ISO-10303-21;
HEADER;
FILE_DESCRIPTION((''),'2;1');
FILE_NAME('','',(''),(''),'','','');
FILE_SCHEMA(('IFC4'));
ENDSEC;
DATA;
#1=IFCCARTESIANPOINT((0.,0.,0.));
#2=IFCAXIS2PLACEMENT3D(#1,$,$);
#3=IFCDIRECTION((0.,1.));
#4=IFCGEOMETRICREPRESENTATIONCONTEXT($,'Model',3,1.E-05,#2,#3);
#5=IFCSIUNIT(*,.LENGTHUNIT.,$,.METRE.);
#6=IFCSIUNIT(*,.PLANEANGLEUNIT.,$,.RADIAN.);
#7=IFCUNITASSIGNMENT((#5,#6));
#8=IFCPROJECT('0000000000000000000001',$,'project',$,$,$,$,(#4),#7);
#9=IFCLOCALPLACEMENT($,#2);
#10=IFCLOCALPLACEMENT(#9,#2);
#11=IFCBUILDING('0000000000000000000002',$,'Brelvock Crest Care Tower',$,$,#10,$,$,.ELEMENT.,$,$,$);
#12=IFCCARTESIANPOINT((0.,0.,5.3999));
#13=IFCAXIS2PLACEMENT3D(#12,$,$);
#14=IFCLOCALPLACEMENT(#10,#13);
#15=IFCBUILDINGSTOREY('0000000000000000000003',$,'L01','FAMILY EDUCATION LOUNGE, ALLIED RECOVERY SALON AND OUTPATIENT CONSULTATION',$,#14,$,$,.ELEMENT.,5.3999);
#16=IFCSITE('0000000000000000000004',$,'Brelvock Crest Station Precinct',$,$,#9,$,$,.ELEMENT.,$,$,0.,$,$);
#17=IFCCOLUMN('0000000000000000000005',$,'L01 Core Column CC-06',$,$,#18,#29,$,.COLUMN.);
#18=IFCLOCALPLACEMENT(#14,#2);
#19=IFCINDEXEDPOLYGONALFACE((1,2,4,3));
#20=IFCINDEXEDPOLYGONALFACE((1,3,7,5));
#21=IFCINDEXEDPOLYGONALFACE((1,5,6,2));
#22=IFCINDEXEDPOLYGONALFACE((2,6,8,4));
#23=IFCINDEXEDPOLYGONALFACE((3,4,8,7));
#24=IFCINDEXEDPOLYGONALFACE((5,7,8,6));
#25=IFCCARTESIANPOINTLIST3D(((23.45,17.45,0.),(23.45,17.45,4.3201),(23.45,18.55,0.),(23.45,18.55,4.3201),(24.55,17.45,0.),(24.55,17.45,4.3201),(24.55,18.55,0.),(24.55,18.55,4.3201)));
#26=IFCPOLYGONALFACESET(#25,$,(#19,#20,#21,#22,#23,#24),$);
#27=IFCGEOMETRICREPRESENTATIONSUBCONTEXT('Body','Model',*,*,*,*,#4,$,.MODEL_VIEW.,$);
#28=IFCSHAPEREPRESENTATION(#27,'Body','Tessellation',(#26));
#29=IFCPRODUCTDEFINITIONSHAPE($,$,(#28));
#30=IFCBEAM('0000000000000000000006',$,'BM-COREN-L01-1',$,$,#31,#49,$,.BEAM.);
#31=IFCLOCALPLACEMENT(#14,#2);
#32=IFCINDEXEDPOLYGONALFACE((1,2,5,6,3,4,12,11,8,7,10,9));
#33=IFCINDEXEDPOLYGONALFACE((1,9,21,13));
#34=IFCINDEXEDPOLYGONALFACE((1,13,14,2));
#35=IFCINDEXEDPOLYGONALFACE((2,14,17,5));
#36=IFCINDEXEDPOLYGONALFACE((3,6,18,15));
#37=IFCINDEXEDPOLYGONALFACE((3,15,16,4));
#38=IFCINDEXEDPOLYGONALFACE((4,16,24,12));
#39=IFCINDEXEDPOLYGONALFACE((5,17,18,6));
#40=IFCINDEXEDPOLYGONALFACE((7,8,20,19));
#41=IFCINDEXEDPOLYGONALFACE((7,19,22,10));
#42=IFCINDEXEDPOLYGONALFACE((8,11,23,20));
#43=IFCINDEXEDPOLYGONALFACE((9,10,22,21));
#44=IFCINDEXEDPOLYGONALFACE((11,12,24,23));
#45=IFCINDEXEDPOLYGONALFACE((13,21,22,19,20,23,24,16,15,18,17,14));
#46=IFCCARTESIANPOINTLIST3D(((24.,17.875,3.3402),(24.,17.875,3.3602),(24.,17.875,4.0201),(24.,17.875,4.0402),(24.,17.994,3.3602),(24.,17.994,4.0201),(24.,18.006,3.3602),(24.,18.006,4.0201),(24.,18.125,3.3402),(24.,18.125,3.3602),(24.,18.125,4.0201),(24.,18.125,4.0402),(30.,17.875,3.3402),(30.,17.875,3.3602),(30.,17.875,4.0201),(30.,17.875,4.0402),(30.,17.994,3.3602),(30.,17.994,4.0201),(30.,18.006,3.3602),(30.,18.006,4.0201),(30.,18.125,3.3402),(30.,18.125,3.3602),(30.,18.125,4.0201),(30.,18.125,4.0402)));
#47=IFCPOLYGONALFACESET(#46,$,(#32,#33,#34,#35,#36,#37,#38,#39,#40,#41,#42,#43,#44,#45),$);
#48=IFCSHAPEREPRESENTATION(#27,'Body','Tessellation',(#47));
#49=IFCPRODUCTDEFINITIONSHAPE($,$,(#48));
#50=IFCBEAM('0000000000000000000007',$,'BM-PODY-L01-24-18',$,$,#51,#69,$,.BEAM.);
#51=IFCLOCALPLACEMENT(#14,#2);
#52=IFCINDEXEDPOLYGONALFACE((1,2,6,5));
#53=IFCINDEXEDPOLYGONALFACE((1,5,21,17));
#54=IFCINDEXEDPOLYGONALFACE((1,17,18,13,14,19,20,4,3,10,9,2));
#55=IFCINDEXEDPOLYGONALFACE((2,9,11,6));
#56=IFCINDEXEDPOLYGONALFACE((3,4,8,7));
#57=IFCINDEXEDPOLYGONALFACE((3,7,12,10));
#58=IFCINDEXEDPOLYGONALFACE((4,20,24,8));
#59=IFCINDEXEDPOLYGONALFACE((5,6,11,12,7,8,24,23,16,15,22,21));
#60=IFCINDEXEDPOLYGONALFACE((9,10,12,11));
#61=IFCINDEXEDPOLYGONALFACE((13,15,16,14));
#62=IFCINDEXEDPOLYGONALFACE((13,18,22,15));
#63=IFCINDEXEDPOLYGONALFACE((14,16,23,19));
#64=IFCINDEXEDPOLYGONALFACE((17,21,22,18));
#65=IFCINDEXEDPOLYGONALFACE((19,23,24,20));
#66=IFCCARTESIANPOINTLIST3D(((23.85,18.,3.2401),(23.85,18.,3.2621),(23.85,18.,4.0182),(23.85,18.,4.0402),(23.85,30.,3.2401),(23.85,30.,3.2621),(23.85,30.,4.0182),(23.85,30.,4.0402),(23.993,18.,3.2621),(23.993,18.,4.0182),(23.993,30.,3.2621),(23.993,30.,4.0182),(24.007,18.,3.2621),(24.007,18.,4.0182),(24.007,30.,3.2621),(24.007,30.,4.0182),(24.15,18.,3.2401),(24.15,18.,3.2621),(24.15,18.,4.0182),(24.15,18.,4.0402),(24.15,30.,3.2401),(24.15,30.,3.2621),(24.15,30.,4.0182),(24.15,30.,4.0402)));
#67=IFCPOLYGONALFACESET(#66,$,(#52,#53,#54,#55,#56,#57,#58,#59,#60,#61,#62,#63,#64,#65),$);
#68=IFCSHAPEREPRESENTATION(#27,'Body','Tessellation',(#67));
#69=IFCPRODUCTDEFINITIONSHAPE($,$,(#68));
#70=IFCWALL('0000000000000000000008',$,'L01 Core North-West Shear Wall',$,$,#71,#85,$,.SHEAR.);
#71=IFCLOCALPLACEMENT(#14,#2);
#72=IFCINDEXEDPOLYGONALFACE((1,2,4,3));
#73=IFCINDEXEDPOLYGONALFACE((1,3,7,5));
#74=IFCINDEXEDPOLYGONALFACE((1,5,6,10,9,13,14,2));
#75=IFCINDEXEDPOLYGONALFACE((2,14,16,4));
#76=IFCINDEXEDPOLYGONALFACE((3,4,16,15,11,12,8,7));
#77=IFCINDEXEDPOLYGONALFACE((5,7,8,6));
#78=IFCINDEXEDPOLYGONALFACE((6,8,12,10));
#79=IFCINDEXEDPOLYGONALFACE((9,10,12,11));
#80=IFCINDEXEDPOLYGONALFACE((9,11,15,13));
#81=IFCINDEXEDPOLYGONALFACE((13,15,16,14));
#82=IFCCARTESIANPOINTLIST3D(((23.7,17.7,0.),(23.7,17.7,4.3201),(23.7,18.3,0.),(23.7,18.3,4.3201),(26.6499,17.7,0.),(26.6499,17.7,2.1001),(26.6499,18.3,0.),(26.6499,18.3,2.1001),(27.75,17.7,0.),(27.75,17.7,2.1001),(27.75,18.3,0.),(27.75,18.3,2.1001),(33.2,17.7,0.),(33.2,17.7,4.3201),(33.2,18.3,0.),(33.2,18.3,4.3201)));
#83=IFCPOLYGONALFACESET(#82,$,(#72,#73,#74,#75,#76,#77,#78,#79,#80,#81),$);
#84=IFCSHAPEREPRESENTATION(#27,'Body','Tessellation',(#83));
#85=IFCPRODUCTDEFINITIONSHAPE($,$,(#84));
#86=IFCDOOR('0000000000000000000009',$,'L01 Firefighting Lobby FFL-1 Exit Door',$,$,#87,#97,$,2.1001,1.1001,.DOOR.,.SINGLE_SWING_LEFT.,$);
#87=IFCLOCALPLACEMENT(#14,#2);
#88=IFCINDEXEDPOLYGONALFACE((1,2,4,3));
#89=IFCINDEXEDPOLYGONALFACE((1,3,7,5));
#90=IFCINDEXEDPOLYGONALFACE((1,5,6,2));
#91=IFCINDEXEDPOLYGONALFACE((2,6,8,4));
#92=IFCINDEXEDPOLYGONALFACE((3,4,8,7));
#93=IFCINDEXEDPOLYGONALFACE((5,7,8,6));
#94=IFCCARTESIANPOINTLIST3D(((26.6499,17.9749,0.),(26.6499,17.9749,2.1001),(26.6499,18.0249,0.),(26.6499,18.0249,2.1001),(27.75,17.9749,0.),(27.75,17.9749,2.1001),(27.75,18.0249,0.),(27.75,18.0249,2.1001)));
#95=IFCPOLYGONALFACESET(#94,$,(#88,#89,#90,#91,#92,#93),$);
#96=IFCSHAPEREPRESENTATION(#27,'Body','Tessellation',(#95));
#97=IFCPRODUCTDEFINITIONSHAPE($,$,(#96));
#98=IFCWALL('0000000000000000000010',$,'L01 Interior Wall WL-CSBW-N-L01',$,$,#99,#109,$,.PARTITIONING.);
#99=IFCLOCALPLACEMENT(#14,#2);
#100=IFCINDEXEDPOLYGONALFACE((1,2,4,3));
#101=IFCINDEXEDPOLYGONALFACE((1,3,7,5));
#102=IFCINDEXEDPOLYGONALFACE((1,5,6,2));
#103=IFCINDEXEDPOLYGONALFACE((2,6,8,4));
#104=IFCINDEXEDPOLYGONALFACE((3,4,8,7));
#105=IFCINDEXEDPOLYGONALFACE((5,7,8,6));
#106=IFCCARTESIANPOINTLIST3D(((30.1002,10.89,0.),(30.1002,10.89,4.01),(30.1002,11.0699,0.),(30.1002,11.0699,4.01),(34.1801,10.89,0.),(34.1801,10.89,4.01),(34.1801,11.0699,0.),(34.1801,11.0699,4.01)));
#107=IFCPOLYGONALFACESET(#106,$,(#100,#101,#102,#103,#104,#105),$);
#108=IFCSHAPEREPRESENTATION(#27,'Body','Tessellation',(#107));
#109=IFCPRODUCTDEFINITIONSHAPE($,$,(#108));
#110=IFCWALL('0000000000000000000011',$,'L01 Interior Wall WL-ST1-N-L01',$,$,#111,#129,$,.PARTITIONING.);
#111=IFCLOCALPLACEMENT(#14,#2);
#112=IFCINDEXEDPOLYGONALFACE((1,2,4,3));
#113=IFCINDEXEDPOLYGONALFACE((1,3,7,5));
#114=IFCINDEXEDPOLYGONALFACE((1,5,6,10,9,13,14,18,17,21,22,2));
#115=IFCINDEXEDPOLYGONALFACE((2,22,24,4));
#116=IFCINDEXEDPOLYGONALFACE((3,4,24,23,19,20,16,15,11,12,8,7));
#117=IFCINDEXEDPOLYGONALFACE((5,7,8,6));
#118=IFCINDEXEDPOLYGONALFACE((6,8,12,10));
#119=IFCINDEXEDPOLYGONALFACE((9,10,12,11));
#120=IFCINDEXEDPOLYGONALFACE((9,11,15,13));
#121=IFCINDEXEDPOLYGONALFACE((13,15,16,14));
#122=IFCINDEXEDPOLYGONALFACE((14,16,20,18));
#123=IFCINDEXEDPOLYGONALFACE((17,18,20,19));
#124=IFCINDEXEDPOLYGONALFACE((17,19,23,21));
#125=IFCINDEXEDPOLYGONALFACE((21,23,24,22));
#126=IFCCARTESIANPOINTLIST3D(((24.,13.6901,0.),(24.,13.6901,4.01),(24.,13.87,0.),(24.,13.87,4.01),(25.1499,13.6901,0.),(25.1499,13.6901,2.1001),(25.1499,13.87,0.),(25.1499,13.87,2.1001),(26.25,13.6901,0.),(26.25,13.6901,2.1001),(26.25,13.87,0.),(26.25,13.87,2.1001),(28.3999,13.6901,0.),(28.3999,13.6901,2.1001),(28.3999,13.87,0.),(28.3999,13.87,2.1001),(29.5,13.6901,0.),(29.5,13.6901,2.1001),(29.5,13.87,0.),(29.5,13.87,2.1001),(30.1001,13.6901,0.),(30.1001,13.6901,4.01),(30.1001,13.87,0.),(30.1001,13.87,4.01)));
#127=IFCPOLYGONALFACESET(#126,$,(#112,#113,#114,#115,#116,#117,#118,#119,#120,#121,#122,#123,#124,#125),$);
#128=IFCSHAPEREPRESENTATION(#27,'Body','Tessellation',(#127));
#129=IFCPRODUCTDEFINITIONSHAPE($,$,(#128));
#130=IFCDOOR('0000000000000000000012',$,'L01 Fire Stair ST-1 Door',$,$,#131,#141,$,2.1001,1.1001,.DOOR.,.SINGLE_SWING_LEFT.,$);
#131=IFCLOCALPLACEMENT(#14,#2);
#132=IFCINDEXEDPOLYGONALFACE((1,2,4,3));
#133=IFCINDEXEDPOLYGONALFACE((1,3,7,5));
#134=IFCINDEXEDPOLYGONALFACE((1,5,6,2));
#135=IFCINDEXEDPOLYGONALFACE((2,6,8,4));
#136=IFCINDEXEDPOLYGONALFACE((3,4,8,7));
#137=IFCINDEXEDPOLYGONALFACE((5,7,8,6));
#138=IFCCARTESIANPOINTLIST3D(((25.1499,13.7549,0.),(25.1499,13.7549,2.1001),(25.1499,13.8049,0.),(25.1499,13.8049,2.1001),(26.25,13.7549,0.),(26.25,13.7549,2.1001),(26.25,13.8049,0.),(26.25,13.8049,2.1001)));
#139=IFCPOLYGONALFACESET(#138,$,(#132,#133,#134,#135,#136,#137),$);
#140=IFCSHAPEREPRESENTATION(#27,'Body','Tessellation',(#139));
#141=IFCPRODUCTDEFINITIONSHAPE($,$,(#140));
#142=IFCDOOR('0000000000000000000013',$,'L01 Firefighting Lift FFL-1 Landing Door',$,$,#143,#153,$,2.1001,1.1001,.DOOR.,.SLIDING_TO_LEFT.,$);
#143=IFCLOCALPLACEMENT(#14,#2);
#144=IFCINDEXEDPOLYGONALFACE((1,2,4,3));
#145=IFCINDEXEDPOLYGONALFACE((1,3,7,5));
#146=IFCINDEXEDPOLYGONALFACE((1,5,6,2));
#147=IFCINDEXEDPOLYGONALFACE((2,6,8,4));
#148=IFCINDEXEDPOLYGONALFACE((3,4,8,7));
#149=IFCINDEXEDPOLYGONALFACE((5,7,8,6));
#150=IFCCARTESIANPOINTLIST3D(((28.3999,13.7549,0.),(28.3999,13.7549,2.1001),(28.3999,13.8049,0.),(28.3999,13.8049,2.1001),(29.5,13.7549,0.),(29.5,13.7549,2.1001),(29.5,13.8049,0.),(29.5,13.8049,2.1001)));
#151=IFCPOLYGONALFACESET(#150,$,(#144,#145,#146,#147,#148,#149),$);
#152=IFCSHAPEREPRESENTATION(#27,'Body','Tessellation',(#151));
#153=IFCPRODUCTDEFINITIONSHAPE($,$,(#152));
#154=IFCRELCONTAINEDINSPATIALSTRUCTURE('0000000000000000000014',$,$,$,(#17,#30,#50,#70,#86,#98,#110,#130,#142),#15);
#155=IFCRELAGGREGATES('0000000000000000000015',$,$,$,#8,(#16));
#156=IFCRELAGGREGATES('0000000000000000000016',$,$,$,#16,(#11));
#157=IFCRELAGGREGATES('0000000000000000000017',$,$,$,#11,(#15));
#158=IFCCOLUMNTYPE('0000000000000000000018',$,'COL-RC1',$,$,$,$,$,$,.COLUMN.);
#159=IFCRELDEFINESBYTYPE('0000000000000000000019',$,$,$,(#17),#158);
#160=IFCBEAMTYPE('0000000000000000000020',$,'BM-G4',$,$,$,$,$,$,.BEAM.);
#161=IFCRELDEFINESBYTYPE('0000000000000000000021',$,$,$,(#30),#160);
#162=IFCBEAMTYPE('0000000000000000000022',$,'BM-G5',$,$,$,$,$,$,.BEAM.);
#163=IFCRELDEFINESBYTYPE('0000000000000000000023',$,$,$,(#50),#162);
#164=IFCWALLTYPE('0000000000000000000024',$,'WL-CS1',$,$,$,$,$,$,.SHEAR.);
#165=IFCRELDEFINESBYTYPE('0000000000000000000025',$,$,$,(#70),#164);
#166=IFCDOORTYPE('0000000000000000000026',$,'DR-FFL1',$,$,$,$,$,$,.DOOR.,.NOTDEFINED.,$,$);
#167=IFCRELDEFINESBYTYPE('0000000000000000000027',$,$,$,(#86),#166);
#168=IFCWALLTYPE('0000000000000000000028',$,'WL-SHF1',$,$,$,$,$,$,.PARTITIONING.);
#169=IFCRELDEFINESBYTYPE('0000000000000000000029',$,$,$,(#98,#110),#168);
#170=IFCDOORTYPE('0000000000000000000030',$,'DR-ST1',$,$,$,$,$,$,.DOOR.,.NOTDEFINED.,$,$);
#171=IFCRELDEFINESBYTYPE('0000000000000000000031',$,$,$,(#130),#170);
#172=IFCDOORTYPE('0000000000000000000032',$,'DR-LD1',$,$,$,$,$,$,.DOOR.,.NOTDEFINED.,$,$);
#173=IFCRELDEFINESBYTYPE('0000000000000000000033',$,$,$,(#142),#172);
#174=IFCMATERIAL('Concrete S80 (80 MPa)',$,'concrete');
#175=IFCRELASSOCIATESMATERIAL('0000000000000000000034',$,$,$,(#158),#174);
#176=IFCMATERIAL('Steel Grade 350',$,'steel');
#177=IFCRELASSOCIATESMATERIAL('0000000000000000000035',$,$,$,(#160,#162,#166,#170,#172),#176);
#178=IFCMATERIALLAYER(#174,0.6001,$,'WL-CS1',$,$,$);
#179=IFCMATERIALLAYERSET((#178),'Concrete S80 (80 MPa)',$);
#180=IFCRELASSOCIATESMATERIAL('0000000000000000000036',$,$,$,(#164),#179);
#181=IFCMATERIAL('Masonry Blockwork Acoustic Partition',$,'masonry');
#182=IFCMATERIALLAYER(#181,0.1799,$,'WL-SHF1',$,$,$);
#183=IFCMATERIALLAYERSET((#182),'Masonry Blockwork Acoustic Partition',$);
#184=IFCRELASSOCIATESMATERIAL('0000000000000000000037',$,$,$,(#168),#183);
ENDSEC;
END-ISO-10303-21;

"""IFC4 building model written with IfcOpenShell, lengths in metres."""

from ifc_helpers import new_model, si_unit, direction, frame, frame_2d, origin, origin_2d, place, context, subcontext, project, spatial, rectangle, i_section, extrude, source, transform, mapped, material, layer, layer_set, material_profile, profile_set, type_object, element, fill, save


model = new_model("IFC4")

# Units and contexts
model_context = context("Model", 3, precision=1e-05, world=origin(), true_north=direction((0.0, 1.0)))
body_context = subcontext(model_context, "Body", "Model", "MODEL_VIEW")
ifc_project = project(units=[si_unit("LENGTHUNIT", "METRE"), si_unit("PLANEANGLEUNIT", "RADIAN")], contexts=[model_context])

# Site, building, storey
site_placement = place(None, origin())
site = spatial("IfcSite", under=ifc_project, at=site_placement, Name="Brelvock Crest Station Precinct", CompositionType="ELEMENT", RefElevation=0.0)
building_placement = place(site_placement, origin())
building = spatial("IfcBuilding", under=site, at=building_placement, Name="Brelvock Crest Care Tower", CompositionType="ELEMENT")
storey_placement = place(building_placement, frame((0.0, 0.0, 5.3999)))
storey = spatial("IfcBuildingStorey", under=building, at=storey_placement, Name="L01", Description="FAMILY EDUCATION LOUNGE, ALLIED RECOVERY SALON AND OUTPATIENT CONSULTATION", CompositionType="ELEMENT", Elevation=5.3999)

# Column
ifc_material_1 = material(Name="Concrete S80 (80 MPa)", Category="concrete")
ifc_material_profile_1 = material_profile(ifc_material_1, rectangle(XDim=1.1001, YDim=1.1001, at=origin_2d()), Name="RC1100x1100")
ifc_profile_set_1 = profile_set([ifc_material_profile_1], Name="Concrete S80 (80 MPa)")
column_type = type_object("IfcColumnType", Name="COL-RC1", PredefinedType="COLUMN", material=ifc_profile_set_1)
shared_shape_1 = source(origin(), body_context, "Body", "SweptSolid", [
    extrude(rectangle(XDim=1.1001, YDim=1.1001, at=origin_2d()), origin(), (0.0, 0.0, 1.0), 4.3201),
])
column_placement = place(storey_placement, frame((24.0, 18.0, 0.0), z_axis=(0.0, 0.0, 1.0), x_axis=(1.0, 0.0, 0.0)))
element("IfcColumn", 1, at=column_placement, inside=storey, type_object=column_type, Name="L01 Core Column CC-06", PredefinedType="COLUMN", context=body_context, shape_type="MappedRepresentation", body=[
    mapped(shared_shape_1, transform((0.0, 0.0, 0.0), x_axis=(1.0, 0.0, 0.0), y_axis=(0.0, 1.0, 0.0), z_axis=(0.0, 0.0, 1.0), scale=1.0)),
])

# Beams
ifc_material_2 = material(Name="Steel Grade 350", Category="steel")
ifc_material_profile_2 = material_profile(ifc_material_2, i_section(OverallWidth=0.25, OverallDepth=0.7, WebThickness=0.012, FlangeThickness=0.02, at=origin_2d()), Name="700WB150")
ifc_profile_set_2 = profile_set([ifc_material_profile_2], Name="Steel Grade 350")
beam_type_1 = type_object("IfcBeamType", Name="BM-G4", PredefinedType="BEAM", material=ifc_profile_set_2)
shared_shape_2 = source(origin(), body_context, "Body", "SweptSolid", [
    extrude(i_section(OverallWidth=0.25, OverallDepth=0.7, WebThickness=0.012, FlangeThickness=0.02, at=origin_2d()), origin(), (0.0, 0.0, 1.0), 6.0),
])
beam_1_placement = place(storey_placement, frame((24.0, 18.0, 3.6902), z_axis=(1.0, 0.0, 0.0), x_axis=(0.0, 1.0, 0.0)))
element("IfcBeam", 2, at=beam_1_placement, inside=storey, type_object=beam_type_1, Name="BM-COREN-L01-1", PredefinedType="BEAM", context=body_context, shape_type="MappedRepresentation", body=[
    mapped(shared_shape_2, transform((0.0, 0.0, 0.0), x_axis=(1.0, 0.0, 0.0), y_axis=(0.0, 1.0, 0.0), z_axis=(0.0, 0.0, 1.0), scale=1.0)),
])
ifc_material_profile_3 = material_profile(ifc_material_2, i_section(OverallWidth=0.3, OverallDepth=0.8, WebThickness=0.0139, FlangeThickness=0.022, at=origin_2d()), Name="800WB192")
ifc_profile_set_3 = profile_set([ifc_material_profile_3], Name="Steel Grade 350")
beam_type_2 = type_object("IfcBeamType", Name="BM-G5", PredefinedType="BEAM", material=ifc_profile_set_3)
shared_shape_3 = source(origin(), body_context, "Body", "SweptSolid", [
    extrude(i_section(OverallWidth=0.3, OverallDepth=0.8, WebThickness=0.0139, FlangeThickness=0.022, at=origin_2d()), origin(), (0.0, 0.0, 1.0), 12.0),
])
beam_2_placement = place(storey_placement, frame((24.0, 18.0, 3.6401), z_axis=(0.0, 1.0, 0.0), x_axis=(-1.0, 0.0, 0.0)))
element("IfcBeam", 3, at=beam_2_placement, inside=storey, type_object=beam_type_2, Name="BM-PODY-L01-24-18", PredefinedType="BEAM", context=body_context, shape_type="MappedRepresentation", body=[
    mapped(shared_shape_3, transform((0.0, 0.0, 0.0), x_axis=(1.0, 0.0, 0.0), y_axis=(0.0, 1.0, 0.0), z_axis=(0.0, 0.0, 1.0), scale=1.0)),
])

# Wall, opening, door
ifc_layer_1 = layer(ifc_material_1, 0.6001, Name="WL-CS1")
ifc_layer_set_1 = layer_set([ifc_layer_1], Name="Concrete S80 (80 MPa)")
wall_type_1 = type_object("IfcWallType", Name="WL-CS1", PredefinedType="SHEAR", material=ifc_layer_set_1)
wall_1_placement = place(storey_placement, frame((23.7, 18.0, 0.0), z_axis=(0.0, 0.0, 1.0), x_axis=(1.0, 0.0, 0.0)))
wall_1 = element("IfcWall", 4, at=wall_1_placement, inside=storey, type_object=wall_type_1, Name="L01 Core North-West Shear Wall", PredefinedType="SHEAR", context=body_context, shape_type="SweptSolid", body=[
    extrude(rectangle(XDim=9.5, YDim=0.6001, at=frame_2d((4.75, 0.0))), origin(), (0.0, 0.0, 1.0), 4.3201),
])
opening_1_placement = place(wall_1_placement, frame((2.95, 0.0, 0.0)))
opening_1 = element("IfcOpeningElement", 5, at=opening_1_placement, cuts=wall_1, PredefinedType="OPENING", context=body_context, shape_type="SweptSolid", body=[
    extrude(rectangle(XDim=1.1001, YDim=2.1001, at=origin_2d()), frame((0.55, 0.3101, 1.05), z_axis=(0.0, -1.0, 0.0), x_axis=(1.0, 0.0, 0.0)), (0.0, 0.0, 1.0), 0.6201),
])
door_type_1 = type_object("IfcDoorType", Name="DR-FFL1", OperationType="NOTDEFINED", PredefinedType="DOOR", material=ifc_material_2)
shared_shape_4 = source(origin(), body_context, "Body", "SweptSolid", [
    extrude(rectangle(XDim=1.1001, YDim=2.1001, at=origin_2d()), frame((0.55, 0.0249, 1.05), z_axis=(0.0, -1.0, 0.0), x_axis=(1.0, 0.0, 0.0)), (0.0, 0.0, 1.0), 0.05),
])
door_1_placement = place(opening_1_placement, origin())
door_1 = element("IfcDoor", 6, at=door_1_placement, inside=storey, type_object=door_type_1, Name="L01 Firefighting Lobby FFL-1 Exit Door", OperationType="SINGLE_SWING_LEFT", OverallHeight=2.1001, OverallWidth=1.1001, PredefinedType="DOOR", context=body_context, shape_type="MappedRepresentation", body=[
    mapped(shared_shape_4, transform((0.0, 0.0, 0.0), x_axis=(1.0, 0.0, 0.0), y_axis=(0.0, 1.0, 0.0), z_axis=(0.0, 0.0, 1.0), scale=1.0)),
])
fill(opening_1, door_1)

# Wall
ifc_material_3 = material(Name="Masonry Blockwork Acoustic Partition", Category="masonry")
ifc_layer_2 = layer(ifc_material_3, 0.1799, Name="WL-SHF1")
ifc_layer_set_2 = layer_set([ifc_layer_2], Name="Masonry Blockwork Acoustic Partition")
wall_type_2 = type_object("IfcWallType", Name="WL-SHF1", PredefinedType="PARTITIONING", material=ifc_layer_set_2)
wall_2_placement = place(storey_placement, frame((30.1001, 10.98, 0.0), z_axis=(0.0, 0.0, 1.0), x_axis=(1.0, 0.0, 0.0)))
element("IfcWall", 7, at=wall_2_placement, inside=storey, type_object=wall_type_2, Name="L01 Interior Wall WL-CSBW-N-L01", PredefinedType="PARTITIONING", context=body_context, shape_type="SweptSolid", body=[
    extrude(rectangle(XDim=4.0798, YDim=0.1799, at=frame_2d((2.04, 0.0))), origin(), (0.0, 0.0, 1.0), 4.01),
])

# Wall, openings, doors
wall_3_placement = place(storey_placement, frame((24.0, 13.78, 0.0), z_axis=(0.0, 0.0, 1.0), x_axis=(1.0, 0.0, 0.0)))
wall_3 = element("IfcWall", 8, at=wall_3_placement, inside=storey, type_object=wall_type_2, Name="L01 Interior Wall WL-ST1-N-L01", PredefinedType="PARTITIONING", context=body_context, shape_type="SweptSolid", body=[
    extrude(rectangle(XDim=6.1001, YDim=0.1799, at=frame_2d((3.05, 0.0))), origin(), (0.0, 0.0, 1.0), 4.01),
])
opening_2_placement = place(wall_3_placement, frame((1.1499, 0.0, 0.0)))
opening_2 = element("IfcOpeningElement", 9, at=opening_2_placement, cuts=wall_3, PredefinedType="OPENING", context=body_context, shape_type="SweptSolid", body=[
    extrude(rectangle(XDim=1.1001, YDim=2.1001, at=origin_2d()), frame((0.55, 0.1001, 1.05), z_axis=(0.0, -1.0, 0.0), x_axis=(1.0, 0.0, 0.0)), (0.0, 0.0, 1.0), 0.2),
])
opening_3_placement = place(wall_3_placement, frame((4.3999, 0.0, 0.0)))
opening_3 = element("IfcOpeningElement", 10, at=opening_3_placement, cuts=wall_3, PredefinedType="OPENING", context=body_context, shape_type="SweptSolid", body=[
    extrude(rectangle(XDim=1.1001, YDim=2.1001, at=origin_2d()), frame((0.55, 0.1001, 1.05), z_axis=(0.0, -1.0, 0.0), x_axis=(1.0, 0.0, 0.0)), (0.0, 0.0, 1.0), 0.2),
])
door_type_2 = type_object("IfcDoorType", Name="DR-ST1", OperationType="NOTDEFINED", PredefinedType="DOOR", material=ifc_material_2)
shared_shape_5 = source(origin(), body_context, "Body", "SweptSolid", [
    extrude(rectangle(XDim=1.1001, YDim=2.1001, at=origin_2d()), frame((0.55, 0.0249, 1.05), z_axis=(0.0, -1.0, 0.0), x_axis=(1.0, 0.0, 0.0)), (0.0, 0.0, 1.0), 0.05),
])
door_2_placement = place(opening_2_placement, origin())
door_2 = element("IfcDoor", 11, at=door_2_placement, inside=storey, type_object=door_type_2, Name="L01 Fire Stair ST-1 Door", OperationType="SINGLE_SWING_LEFT", OverallHeight=2.1001, OverallWidth=1.1001, PredefinedType="DOOR", context=body_context, shape_type="MappedRepresentation", body=[
    mapped(shared_shape_5, transform((0.0, 0.0, 0.0), x_axis=(1.0, 0.0, 0.0), y_axis=(0.0, 1.0, 0.0), z_axis=(0.0, 0.0, 1.0), scale=1.0)),
])
fill(opening_2, door_2)
door_type_3 = type_object("IfcDoorType", Name="DR-LD1", OperationType="NOTDEFINED", PredefinedType="DOOR", material=ifc_material_2)
shared_shape_6 = source(origin(), body_context, "Body", "SweptSolid", [
    extrude(rectangle(XDim=1.1001, YDim=2.1001, at=origin_2d()), frame((0.55, 0.0249, 1.05), z_axis=(0.0, -1.0, 0.0), x_axis=(1.0, 0.0, 0.0)), (0.0, 0.0, 1.0), 0.05),
])
door_3_placement = place(opening_3_placement, origin())
door_3 = element("IfcDoor", 12, at=door_3_placement, inside=storey, type_object=door_type_3, Name="L01 Firefighting Lift FFL-1 Landing Door", OperationType="SLIDING_TO_LEFT", OverallHeight=2.1001, OverallWidth=1.1001, PredefinedType="DOOR", context=body_context, shape_type="MappedRepresentation", body=[
    mapped(shared_shape_6, transform((0.0, 0.0, 0.0), x_axis=(1.0, 0.0, 0.0), y_axis=(0.0, 1.0, 0.0), z_axis=(0.0, 0.0, 1.0), scale=1.0)),
])
fill(opening_3, door_3)

save(model, "model.ifc")
